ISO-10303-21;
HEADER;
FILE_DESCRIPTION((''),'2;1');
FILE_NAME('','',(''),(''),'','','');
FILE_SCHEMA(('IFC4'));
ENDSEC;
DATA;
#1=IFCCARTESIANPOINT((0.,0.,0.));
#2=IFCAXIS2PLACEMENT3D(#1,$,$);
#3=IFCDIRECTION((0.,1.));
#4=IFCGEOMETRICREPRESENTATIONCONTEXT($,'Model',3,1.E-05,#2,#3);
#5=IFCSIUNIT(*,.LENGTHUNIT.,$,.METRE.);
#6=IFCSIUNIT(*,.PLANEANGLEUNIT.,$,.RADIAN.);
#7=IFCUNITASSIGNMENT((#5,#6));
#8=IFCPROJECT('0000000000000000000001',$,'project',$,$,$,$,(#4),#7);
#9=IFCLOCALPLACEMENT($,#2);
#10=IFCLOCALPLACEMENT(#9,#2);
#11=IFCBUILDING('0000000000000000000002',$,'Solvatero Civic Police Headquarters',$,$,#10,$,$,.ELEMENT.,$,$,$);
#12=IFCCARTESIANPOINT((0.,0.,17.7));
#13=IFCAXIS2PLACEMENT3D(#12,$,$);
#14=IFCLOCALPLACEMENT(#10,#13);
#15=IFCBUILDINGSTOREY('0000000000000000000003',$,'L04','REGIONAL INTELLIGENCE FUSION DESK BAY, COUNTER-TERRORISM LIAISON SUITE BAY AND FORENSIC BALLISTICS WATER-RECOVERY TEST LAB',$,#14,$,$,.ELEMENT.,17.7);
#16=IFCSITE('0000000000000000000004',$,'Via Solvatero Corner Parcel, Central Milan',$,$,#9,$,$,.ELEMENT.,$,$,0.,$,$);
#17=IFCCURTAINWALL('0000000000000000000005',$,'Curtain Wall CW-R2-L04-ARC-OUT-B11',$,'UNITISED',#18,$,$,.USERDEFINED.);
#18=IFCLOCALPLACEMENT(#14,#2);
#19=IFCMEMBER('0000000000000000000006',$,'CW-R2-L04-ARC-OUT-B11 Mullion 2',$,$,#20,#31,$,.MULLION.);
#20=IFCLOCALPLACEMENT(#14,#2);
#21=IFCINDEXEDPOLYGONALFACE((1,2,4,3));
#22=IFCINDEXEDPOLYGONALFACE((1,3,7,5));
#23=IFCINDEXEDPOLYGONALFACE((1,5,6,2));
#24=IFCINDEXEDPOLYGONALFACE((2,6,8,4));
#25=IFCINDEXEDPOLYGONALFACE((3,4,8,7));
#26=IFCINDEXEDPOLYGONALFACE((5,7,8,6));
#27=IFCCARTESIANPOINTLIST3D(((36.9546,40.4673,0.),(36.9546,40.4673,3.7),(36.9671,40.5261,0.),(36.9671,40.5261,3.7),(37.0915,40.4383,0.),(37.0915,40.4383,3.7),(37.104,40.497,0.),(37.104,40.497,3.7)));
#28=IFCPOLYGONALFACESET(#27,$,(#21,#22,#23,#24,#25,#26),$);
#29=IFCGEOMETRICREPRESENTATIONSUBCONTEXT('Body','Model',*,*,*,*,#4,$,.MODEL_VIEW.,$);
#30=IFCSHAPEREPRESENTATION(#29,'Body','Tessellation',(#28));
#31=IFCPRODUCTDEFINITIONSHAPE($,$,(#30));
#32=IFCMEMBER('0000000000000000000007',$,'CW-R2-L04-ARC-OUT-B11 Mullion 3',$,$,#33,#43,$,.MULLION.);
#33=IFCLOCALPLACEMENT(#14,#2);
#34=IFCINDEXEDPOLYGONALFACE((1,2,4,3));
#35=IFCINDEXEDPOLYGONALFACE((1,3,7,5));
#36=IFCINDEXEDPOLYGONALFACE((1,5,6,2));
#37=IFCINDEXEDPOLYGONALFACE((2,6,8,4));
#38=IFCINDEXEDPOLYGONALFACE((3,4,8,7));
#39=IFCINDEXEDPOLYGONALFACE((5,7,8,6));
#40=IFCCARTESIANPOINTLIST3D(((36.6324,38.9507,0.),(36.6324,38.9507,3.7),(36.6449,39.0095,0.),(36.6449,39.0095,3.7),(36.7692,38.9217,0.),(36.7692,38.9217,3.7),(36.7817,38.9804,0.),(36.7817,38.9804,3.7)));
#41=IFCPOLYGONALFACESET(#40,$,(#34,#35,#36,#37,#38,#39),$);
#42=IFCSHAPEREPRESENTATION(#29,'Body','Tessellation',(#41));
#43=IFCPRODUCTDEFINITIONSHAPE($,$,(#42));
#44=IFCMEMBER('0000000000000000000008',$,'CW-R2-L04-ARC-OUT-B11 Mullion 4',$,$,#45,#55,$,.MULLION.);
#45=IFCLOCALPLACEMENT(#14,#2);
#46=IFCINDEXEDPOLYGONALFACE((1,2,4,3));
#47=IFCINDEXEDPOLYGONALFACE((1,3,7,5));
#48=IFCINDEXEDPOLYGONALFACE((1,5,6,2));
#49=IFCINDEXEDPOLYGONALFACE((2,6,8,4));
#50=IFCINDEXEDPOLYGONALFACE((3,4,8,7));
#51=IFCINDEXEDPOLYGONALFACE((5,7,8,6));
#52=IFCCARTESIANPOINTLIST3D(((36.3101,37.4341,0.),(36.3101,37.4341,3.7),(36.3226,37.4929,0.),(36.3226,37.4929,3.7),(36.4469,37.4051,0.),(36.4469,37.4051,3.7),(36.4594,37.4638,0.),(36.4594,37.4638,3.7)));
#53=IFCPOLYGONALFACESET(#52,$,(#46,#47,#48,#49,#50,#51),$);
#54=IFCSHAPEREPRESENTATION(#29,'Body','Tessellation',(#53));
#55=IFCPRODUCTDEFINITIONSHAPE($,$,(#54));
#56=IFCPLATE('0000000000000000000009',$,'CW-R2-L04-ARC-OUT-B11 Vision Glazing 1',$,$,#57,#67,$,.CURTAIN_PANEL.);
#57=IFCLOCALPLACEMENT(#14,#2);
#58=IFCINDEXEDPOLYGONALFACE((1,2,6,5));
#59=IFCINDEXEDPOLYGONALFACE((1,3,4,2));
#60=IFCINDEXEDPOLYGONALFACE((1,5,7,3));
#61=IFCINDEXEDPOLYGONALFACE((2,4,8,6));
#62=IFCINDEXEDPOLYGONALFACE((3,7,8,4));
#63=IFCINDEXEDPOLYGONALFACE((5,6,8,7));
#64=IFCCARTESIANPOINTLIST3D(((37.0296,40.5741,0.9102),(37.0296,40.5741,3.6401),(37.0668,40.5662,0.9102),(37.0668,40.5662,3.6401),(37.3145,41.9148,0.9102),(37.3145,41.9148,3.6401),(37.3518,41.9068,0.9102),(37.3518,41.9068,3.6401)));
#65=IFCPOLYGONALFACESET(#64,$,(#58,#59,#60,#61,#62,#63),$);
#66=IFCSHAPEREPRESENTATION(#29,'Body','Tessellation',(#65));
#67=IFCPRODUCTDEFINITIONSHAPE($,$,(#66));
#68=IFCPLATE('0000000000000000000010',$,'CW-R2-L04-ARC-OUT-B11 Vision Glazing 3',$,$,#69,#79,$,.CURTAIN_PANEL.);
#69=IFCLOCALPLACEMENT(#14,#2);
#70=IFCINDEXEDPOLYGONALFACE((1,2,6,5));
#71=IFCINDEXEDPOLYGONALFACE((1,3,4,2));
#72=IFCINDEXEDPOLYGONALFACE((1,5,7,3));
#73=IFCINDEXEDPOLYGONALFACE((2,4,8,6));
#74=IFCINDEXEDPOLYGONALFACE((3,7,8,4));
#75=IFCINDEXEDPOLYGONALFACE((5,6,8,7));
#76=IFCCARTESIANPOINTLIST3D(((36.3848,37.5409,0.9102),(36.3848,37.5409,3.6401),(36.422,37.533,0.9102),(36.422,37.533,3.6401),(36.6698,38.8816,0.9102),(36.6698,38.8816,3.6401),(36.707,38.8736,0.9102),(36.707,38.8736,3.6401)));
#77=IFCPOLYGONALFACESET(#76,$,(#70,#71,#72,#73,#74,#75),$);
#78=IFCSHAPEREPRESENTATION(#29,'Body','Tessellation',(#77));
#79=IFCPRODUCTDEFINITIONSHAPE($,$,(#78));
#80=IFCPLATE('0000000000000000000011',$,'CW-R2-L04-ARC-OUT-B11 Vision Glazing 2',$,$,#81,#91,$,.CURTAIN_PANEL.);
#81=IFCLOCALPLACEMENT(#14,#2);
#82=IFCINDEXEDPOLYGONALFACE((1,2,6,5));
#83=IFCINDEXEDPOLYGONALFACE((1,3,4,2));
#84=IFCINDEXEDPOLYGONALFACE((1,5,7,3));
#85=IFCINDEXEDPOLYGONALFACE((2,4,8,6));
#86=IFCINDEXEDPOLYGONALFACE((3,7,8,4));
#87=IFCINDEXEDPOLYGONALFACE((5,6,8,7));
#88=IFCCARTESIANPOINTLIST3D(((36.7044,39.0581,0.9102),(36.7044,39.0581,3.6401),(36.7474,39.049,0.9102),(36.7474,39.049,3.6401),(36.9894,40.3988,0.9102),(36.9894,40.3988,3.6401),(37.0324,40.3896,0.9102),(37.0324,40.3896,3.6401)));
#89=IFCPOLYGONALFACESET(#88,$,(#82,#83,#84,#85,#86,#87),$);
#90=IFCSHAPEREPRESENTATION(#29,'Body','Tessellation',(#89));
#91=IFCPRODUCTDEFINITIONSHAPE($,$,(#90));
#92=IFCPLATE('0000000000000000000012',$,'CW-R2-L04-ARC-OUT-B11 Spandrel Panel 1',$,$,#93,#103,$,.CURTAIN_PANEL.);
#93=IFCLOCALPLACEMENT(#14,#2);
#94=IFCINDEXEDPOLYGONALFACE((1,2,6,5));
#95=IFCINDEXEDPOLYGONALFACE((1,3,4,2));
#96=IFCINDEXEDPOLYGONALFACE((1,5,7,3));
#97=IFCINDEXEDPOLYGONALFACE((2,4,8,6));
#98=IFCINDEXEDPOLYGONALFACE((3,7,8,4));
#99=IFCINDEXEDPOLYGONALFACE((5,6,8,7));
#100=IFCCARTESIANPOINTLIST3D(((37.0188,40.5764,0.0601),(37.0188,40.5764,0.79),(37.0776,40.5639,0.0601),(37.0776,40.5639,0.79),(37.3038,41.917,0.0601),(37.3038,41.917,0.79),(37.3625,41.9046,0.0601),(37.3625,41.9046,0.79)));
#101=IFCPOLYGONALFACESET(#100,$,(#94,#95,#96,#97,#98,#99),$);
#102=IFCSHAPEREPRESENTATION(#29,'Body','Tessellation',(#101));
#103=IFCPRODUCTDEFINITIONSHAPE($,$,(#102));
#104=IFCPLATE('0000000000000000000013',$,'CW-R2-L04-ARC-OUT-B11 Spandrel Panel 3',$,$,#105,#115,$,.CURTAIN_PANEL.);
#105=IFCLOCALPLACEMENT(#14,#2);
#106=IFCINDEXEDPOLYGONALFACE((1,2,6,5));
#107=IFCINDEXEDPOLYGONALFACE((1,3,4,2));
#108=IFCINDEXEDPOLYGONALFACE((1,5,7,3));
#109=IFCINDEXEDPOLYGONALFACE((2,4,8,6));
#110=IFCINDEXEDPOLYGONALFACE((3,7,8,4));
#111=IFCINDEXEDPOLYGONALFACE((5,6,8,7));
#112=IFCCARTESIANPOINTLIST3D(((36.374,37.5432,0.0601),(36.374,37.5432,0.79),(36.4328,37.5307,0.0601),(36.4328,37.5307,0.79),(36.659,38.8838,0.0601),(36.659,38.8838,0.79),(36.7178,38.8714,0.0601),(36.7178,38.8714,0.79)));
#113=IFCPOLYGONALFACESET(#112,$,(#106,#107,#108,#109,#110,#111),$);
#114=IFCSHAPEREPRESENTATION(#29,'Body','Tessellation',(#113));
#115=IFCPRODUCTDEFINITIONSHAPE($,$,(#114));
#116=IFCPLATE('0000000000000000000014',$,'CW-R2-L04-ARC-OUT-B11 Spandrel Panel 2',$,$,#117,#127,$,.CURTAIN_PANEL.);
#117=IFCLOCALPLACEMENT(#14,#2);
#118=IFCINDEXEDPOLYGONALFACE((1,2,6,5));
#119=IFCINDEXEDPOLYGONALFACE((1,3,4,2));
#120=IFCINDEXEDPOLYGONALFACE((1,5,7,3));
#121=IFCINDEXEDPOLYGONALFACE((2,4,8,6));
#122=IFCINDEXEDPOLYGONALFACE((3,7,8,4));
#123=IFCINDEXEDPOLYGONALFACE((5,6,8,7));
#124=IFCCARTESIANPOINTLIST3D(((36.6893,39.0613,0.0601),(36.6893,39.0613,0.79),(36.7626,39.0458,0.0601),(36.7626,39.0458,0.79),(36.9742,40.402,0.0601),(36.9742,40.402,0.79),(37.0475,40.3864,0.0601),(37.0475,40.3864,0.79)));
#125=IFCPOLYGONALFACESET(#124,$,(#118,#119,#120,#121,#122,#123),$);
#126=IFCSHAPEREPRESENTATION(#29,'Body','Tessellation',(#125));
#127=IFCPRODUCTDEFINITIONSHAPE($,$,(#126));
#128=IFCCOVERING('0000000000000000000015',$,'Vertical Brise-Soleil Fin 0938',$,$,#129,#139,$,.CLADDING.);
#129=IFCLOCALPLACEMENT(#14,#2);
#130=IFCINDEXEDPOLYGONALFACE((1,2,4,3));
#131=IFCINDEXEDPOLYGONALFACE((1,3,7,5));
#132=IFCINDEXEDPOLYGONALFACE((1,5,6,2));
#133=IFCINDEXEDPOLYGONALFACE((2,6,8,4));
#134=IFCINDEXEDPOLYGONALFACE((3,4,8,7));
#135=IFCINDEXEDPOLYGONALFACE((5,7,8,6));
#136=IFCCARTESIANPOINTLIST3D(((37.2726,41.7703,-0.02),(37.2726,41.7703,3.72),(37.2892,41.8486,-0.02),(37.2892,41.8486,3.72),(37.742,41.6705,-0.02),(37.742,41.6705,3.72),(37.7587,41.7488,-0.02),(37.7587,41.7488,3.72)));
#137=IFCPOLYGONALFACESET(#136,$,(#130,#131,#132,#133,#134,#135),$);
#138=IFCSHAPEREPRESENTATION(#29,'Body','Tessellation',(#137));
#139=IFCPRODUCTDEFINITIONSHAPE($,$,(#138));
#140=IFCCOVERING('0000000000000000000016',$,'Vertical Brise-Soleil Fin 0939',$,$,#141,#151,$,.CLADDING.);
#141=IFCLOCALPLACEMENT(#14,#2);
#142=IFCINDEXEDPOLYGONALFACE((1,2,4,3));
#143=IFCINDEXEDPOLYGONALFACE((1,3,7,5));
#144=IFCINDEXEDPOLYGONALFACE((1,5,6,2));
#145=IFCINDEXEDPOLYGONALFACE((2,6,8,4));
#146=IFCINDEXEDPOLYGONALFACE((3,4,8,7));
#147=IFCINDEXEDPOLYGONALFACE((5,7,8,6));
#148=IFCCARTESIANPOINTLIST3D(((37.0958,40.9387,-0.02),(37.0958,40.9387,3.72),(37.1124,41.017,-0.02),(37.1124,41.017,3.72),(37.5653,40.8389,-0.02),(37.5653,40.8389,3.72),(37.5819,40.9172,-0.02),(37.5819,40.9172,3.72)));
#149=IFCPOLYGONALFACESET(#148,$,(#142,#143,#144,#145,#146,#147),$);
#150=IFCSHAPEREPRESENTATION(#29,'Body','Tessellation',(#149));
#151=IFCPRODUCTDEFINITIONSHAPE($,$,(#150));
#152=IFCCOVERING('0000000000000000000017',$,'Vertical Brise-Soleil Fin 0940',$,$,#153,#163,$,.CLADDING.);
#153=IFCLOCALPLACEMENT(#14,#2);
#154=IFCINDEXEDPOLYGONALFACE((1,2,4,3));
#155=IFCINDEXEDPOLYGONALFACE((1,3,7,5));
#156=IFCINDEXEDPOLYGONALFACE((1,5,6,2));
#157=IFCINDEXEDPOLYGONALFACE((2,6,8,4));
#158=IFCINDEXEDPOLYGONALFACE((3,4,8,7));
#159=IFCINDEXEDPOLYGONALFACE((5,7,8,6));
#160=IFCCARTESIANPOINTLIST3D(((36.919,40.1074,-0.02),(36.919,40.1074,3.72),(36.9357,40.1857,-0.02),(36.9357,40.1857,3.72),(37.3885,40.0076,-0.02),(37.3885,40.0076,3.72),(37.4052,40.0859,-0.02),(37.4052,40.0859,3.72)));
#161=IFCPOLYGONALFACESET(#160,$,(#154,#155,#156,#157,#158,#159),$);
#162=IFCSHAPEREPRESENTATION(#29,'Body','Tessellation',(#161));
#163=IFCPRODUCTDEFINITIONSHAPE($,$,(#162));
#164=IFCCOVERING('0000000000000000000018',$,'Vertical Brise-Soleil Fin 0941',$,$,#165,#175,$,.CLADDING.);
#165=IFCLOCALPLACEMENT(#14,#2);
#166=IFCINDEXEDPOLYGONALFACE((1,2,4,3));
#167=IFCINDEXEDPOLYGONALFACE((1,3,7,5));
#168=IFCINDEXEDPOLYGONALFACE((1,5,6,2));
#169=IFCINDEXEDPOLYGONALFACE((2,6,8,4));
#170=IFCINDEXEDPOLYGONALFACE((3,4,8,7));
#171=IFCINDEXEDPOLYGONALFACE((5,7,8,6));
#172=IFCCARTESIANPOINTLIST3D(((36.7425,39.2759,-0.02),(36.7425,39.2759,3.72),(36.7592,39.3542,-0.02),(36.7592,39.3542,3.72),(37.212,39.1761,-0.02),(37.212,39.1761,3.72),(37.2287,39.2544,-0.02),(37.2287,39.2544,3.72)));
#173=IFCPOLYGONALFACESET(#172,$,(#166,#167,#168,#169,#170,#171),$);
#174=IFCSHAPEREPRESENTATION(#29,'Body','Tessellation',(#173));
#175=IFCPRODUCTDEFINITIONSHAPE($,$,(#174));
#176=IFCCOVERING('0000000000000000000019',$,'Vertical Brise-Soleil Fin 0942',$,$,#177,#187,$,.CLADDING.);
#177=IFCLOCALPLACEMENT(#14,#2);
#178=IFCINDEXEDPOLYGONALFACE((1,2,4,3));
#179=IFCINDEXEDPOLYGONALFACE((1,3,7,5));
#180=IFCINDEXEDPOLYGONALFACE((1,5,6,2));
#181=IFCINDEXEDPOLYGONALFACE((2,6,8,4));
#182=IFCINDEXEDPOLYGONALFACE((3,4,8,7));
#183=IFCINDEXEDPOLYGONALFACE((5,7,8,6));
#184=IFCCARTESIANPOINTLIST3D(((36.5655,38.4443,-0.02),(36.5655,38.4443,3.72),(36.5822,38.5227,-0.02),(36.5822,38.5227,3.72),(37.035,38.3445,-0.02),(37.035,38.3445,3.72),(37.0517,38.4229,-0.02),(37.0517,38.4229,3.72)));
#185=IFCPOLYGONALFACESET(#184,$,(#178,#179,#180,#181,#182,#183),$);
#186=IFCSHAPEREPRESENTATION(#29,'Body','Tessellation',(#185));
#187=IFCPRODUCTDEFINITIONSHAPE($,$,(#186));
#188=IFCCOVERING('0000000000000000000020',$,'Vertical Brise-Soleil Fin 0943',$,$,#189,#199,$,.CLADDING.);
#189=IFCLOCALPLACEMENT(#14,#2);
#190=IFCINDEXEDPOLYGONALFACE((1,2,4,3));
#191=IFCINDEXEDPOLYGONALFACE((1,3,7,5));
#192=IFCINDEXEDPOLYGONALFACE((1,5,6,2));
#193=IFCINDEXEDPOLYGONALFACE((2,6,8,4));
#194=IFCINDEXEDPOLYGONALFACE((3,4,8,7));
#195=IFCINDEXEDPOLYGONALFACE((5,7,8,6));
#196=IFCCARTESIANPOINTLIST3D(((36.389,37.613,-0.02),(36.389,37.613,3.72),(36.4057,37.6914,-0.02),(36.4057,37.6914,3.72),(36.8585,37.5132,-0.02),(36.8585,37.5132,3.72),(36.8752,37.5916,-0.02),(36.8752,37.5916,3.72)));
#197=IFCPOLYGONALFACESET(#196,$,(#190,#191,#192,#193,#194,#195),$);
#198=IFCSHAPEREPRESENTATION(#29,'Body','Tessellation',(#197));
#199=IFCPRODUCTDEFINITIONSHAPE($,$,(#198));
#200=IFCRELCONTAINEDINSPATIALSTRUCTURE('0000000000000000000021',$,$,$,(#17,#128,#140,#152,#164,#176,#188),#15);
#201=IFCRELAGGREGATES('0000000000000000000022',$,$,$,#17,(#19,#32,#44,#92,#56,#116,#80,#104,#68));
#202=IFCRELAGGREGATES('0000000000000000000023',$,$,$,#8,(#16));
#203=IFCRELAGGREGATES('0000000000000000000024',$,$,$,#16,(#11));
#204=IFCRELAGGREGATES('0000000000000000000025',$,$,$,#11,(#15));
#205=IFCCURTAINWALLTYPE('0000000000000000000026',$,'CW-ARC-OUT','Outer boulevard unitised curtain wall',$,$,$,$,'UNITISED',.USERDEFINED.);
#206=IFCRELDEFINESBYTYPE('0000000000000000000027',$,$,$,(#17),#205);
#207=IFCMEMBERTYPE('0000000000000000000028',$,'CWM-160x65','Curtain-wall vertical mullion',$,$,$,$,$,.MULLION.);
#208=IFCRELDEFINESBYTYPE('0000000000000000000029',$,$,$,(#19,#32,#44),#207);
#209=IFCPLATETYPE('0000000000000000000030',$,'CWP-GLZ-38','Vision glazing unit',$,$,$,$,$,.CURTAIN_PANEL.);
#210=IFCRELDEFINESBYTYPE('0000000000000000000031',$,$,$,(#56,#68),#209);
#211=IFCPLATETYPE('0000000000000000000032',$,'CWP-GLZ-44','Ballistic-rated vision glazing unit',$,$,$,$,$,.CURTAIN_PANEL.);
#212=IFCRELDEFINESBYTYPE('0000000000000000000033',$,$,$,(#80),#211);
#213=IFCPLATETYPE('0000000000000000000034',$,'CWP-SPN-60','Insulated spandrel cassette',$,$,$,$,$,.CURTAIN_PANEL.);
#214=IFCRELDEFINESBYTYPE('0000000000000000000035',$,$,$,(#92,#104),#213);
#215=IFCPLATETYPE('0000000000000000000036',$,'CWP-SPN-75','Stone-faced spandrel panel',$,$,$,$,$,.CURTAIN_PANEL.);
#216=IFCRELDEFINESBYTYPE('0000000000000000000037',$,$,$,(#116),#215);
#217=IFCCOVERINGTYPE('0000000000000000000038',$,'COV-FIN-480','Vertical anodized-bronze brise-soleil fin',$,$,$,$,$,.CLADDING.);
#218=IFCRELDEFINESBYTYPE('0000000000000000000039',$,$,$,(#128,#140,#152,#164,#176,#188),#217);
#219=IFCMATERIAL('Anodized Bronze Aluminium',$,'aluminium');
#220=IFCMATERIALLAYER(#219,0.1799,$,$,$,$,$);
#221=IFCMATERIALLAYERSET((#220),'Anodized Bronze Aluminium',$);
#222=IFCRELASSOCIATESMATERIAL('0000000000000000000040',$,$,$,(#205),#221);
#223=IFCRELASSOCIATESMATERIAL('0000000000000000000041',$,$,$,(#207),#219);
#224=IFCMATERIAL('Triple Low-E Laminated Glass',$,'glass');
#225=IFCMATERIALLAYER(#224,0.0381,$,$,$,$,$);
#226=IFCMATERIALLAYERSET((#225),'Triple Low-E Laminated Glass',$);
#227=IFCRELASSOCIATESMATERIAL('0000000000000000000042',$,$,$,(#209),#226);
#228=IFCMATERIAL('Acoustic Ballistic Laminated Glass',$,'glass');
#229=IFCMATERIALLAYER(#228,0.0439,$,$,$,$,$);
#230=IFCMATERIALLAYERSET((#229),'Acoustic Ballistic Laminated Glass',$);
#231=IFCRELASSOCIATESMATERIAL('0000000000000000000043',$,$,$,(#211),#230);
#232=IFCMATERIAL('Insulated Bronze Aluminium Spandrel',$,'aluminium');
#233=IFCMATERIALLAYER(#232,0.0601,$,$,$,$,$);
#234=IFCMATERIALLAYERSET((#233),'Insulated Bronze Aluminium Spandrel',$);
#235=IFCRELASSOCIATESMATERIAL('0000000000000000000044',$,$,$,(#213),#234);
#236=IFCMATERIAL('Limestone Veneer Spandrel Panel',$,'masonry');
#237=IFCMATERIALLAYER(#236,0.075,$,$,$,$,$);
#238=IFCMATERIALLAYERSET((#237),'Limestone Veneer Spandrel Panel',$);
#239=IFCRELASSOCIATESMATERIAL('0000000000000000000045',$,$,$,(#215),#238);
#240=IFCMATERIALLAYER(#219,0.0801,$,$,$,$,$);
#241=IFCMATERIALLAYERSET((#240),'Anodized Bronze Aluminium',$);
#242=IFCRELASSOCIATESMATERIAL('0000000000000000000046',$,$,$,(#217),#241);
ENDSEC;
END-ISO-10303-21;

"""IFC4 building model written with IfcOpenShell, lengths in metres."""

from ifc_helpers import new_model, si_unit, direction, frame, origin, origin_2d, place, context, subcontext, project, spatial, rectangle, extrude, material, layer, layer_set, material_profile, profile_set, type_object, element, aggregate, save


model = new_model("IFC4")

# Units and contexts
model_context = context("Model", 3, precision=1e-05, world=origin(), true_north=direction((0.0, 1.0)))
body_context = subcontext(model_context, "Body", "Model", "MODEL_VIEW")
ifc_project = project(units=[si_unit("LENGTHUNIT", "METRE"), si_unit("PLANEANGLEUNIT", "RADIAN")], contexts=[model_context])

# Site, building, storey
site_placement = place(None, origin())
site = spatial("IfcSite", under=ifc_project, at=site_placement, Name="Via Solvatero Corner Parcel, Central Milan", CompositionType="ELEMENT", RefElevation=0.0)
building_placement = place(site_placement, origin())
building = spatial("IfcBuilding", under=site, at=building_placement, Name="Solvatero Civic Police Headquarters", CompositionType="ELEMENT")
storey_placement = place(building_placement, frame((0.0, 0.0, 17.7)))
storey = spatial("IfcBuildingStorey", under=building, at=storey_placement, Name="L04", Description="REGIONAL INTELLIGENCE FUSION DESK BAY, COUNTER-TERRORISM LIAISON SUITE BAY AND FORENSIC BALLISTICS WATER-RECOVERY TEST LAB", CompositionType="ELEMENT", Elevation=17.7)

# Curtain wall, members, plates
ifc_material_1 = material(Name="Anodized Bronze Aluminium", Category="aluminium")
ifc_layer_1 = layer(ifc_material_1, 0.1799)
ifc_layer_set_1 = layer_set([ifc_layer_1], Name="Anodized Bronze Aluminium")
curtain_wall_type = type_object("IfcCurtainWallType", Name="CW-ARC-OUT", Description="Outer boulevard unitised curtain wall", ElementType="UNITISED", PredefinedType="USERDEFINED", material=ifc_layer_set_1)
curtain_wall_placement = place(storey_placement, origin())
curtain_wall = element("IfcCurtainWall", 1, at=curtain_wall_placement, inside=storey, type_object=curtain_wall_type, Name="Curtain Wall CW-R2-L04-ARC-OUT-B11", ObjectType="UNITISED", PredefinedType="USERDEFINED")
ifc_material_profile = material_profile(ifc_material_1, rectangle(XDim=0.0601, YDim=0.1399, at=origin_2d()), Name="ALU MULLION 60x140")
ifc_profile_set = profile_set([ifc_material_profile], Name="Anodized Bronze Aluminium")
member_type = type_object("IfcMemberType", Name="CWM-160x65", Description="Curtain-wall vertical mullion", PredefinedType="MULLION", material=ifc_profile_set)
member_1_placement = place(storey_placement, frame((37.0293, 40.4822, 0.0), z_axis=(0.0, 0.0, 1.0), x_axis=(-0.207912, -0.978148, 0.0)))
member_1 = element("IfcMember", 2, at=member_1_placement, type_object=member_type, Name="CW-R2-L04-ARC-OUT-B11 Mullion 2", PredefinedType="MULLION", context=body_context, shape_type="SweptSolid", body=[
    extrude(rectangle(XDim=0.0601, YDim=0.1399, at=origin_2d()), origin(), (0.0, 0.0, 1.0), 3.7),
])
member_2_placement = place(storey_placement, frame((36.707, 38.9656, 0.0), z_axis=(0.0, 0.0, 1.0), x_axis=(-0.207912, -0.978148, 0.0)))
member_2 = element("IfcMember", 3, at=member_2_placement, type_object=member_type, Name="CW-R2-L04-ARC-OUT-B11 Mullion 3", PredefinedType="MULLION", context=body_context, shape_type="SweptSolid", body=[
    extrude(rectangle(XDim=0.0601, YDim=0.1399, at=origin_2d()), origin(), (0.0, 0.0, 1.0), 3.7),
])
member_3_placement = place(storey_placement, frame((36.3848, 37.449, 0.0), z_axis=(0.0, 0.0, 1.0), x_axis=(-0.207912, -0.978148, 0.0)))
member_3 = element("IfcMember", 4, at=member_3_placement, type_object=member_type, Name="CW-R2-L04-ARC-OUT-B11 Mullion 4", PredefinedType="MULLION", context=body_context, shape_type="SweptSolid", body=[
    extrude(rectangle(XDim=0.0601, YDim=0.1399, at=origin_2d()), origin(), (0.0, 0.0, 1.0), 3.7),
])
ifc_material_2 = material(Name="Triple Low-E Laminated Glass", Category="glass")
ifc_layer_2 = layer(ifc_material_2, 0.0381)
ifc_layer_set_2 = layer_set([ifc_layer_2], Name="Triple Low-E Laminated Glass")
plate_type_1 = type_object("IfcPlateType", Name="CWP-GLZ-38", Description="Vision glazing unit", PredefinedType="CURTAIN_PANEL", material=ifc_layer_set_2)
plate_1_placement = place(storey_placement, frame((37.1907, 41.2405, 0.9102), z_axis=(0.0, 0.0, 1.0), x_axis=(-0.207912, -0.978148, 0.0)))
plate_1 = element("IfcPlate", 5, at=plate_1_placement, type_object=plate_type_1, Name="CW-R2-L04-ARC-OUT-B11 Vision Glazing 1", PredefinedType="CURTAIN_PANEL", context=body_context, shape_type="SweptSolid", body=[
    extrude(rectangle(XDim=1.3706, YDim=0.0381, at=origin_2d()), origin(), (0.0, 0.0, 1.0), 2.73),
])
plate_2_placement = place(storey_placement, frame((36.5459, 38.2073, 0.9102), z_axis=(0.0, 0.0, 1.0), x_axis=(-0.207912, -0.978148, 0.0)))
plate_2 = element("IfcPlate", 6, at=plate_2_placement, type_object=plate_type_1, Name="CW-R2-L04-ARC-OUT-B11 Vision Glazing 3", PredefinedType="CURTAIN_PANEL", context=body_context, shape_type="SweptSolid", body=[
    extrude(rectangle(XDim=1.3706, YDim=0.0381, at=origin_2d()), origin(), (0.0, 0.0, 1.0), 2.73),
])
ifc_material_3 = material(Name="Acoustic Ballistic Laminated Glass", Category="glass")
ifc_layer_3 = layer(ifc_material_3, 0.0439)
ifc_layer_set_3 = layer_set([ifc_layer_3], Name="Acoustic Ballistic Laminated Glass")
plate_type_2 = type_object("IfcPlateType", Name="CWP-GLZ-44", Description="Ballistic-rated vision glazing unit", PredefinedType="CURTAIN_PANEL", material=ifc_layer_set_3)
plate_3_placement = place(storey_placement, frame((36.8684, 39.7239, 0.9102), z_axis=(0.0, 0.0, 1.0), x_axis=(-0.207912, -0.978148, 0.0)))
plate_3 = element("IfcPlate", 7, at=plate_3_placement, type_object=plate_type_2, Name="CW-R2-L04-ARC-OUT-B11 Vision Glazing 2", PredefinedType="CURTAIN_PANEL", context=body_context, shape_type="SweptSolid", body=[
    extrude(rectangle(XDim=1.3706, YDim=0.0439, at=origin_2d()), origin(), (0.0, 0.0, 1.0), 2.73),
])
ifc_material_4 = material(Name="Insulated Bronze Aluminium Spandrel", Category="aluminium")
ifc_layer_4 = layer(ifc_material_4, 0.0601)
ifc_layer_set_4 = layer_set([ifc_layer_4], Name="Insulated Bronze Aluminium Spandrel")
plate_type_3 = type_object("IfcPlateType", Name="CWP-SPN-60", Description="Insulated spandrel cassette", PredefinedType="CURTAIN_PANEL", material=ifc_layer_set_4)
plate_4_placement = place(storey_placement, frame((37.1907, 41.2405, 0.0601), z_axis=(0.0, 0.0, 1.0), x_axis=(-0.207912, -0.978148, 0.0)))
plate_4 = element("IfcPlate", 8, at=plate_4_placement, type_object=plate_type_3, Name="CW-R2-L04-ARC-OUT-B11 Spandrel Panel 1", PredefinedType="CURTAIN_PANEL", context=body_context, shape_type="SweptSolid", body=[
    extrude(rectangle(XDim=1.3706, YDim=0.0601, at=origin_2d()), origin(), (0.0, 0.0, 1.0), 0.73),
])
plate_5_placement = place(storey_placement, frame((36.5459, 38.2073, 0.0601), z_axis=(0.0, 0.0, 1.0), x_axis=(-0.207912, -0.978148, 0.0)))
plate_5 = element("IfcPlate", 9, at=plate_5_placement, type_object=plate_type_3, Name="CW-R2-L04-ARC-OUT-B11 Spandrel Panel 3", PredefinedType="CURTAIN_PANEL", context=body_context, shape_type="SweptSolid", body=[
    extrude(rectangle(XDim=1.3706, YDim=0.0601, at=origin_2d()), origin(), (0.0, 0.0, 1.0), 0.73),
])
ifc_material_5 = material(Name="Limestone Veneer Spandrel Panel", Category="masonry")
ifc_layer_5 = layer(ifc_material_5, 0.075)
ifc_layer_set_5 = layer_set([ifc_layer_5], Name="Limestone Veneer Spandrel Panel")
plate_type_4 = type_object("IfcPlateType", Name="CWP-SPN-75", Description="Stone-faced spandrel panel", PredefinedType="CURTAIN_PANEL", material=ifc_layer_set_5)
plate_6_placement = place(storey_placement, frame((36.8684, 39.7239, 0.0601), z_axis=(0.0, 0.0, 1.0), x_axis=(-0.207912, -0.978148, 0.0)))
plate_6 = element("IfcPlate", 10, at=plate_6_placement, type_object=plate_type_4, Name="CW-R2-L04-ARC-OUT-B11 Spandrel Panel 2", PredefinedType="CURTAIN_PANEL", context=body_context, shape_type="SweptSolid", body=[
    extrude(rectangle(XDim=1.3706, YDim=0.075, at=origin_2d()), origin(), (0.0, 0.0, 1.0), 0.73),
])
aggregate(curtain_wall, [member_1, member_2, member_3, plate_4, plate_1, plate_6, plate_3, plate_5, plate_2])

# Coverings
ifc_layer_6 = layer(ifc_material_1, 0.0801)
ifc_layer_set_6 = layer_set([ifc_layer_6], Name="Anodized Bronze Aluminium")
covering_type = type_object("IfcCoveringType", Name="COV-FIN-480", Description="Vertical anodized-bronze brise-soleil fin", PredefinedType="CLADDING", material=ifc_layer_set_6)
for number, where, z_axis, x_axis, name in (
    (11, (37.5156, 41.7595, -0.02), (0.0, 0.0, 1.0), (-0.207912, -0.978148, 0.0), "Vertical Brise-Soleil Fin 0938"),
    (12, (37.3389, 40.928, -0.02), (0.0, 0.0, 1.0), (-0.207912, -0.978148, 0.0), "Vertical Brise-Soleil Fin 0939"),
    (13, (37.1621, 40.0967, -0.02), (0.0, 0.0, 1.0), (-0.207912, -0.978148, 0.0), "Vertical Brise-Soleil Fin 0940"),
    (14, (36.9856, 39.2651, -0.02), (0.0, 0.0, 1.0), (-0.207912, -0.978148, 0.0), "Vertical Brise-Soleil Fin 0941"),
    (15, (36.8086, 38.4336, -0.02), (0.0, 0.0, 1.0), (-0.207912, -0.978148, 0.0), "Vertical Brise-Soleil Fin 0942"),
    (16, (36.6321, 37.6023, -0.02), (0.0, 0.0, 1.0), (-0.207912, -0.978148, 0.0), "Vertical Brise-Soleil Fin 0943"),
):
    element("IfcCovering", number, at=place(storey_placement, frame(where, z_axis=z_axis, x_axis=x_axis)), inside=storey, type_object=covering_type, Name=name, PredefinedType="CLADDING", context=body_context, shape_type="SweptSolid", body=[
        extrude(rectangle(XDim=0.0801, YDim=0.48, at=origin_2d()), origin(), (0.0, 0.0, 1.0), 3.74),
    ])

save(model, "model.ifc")
